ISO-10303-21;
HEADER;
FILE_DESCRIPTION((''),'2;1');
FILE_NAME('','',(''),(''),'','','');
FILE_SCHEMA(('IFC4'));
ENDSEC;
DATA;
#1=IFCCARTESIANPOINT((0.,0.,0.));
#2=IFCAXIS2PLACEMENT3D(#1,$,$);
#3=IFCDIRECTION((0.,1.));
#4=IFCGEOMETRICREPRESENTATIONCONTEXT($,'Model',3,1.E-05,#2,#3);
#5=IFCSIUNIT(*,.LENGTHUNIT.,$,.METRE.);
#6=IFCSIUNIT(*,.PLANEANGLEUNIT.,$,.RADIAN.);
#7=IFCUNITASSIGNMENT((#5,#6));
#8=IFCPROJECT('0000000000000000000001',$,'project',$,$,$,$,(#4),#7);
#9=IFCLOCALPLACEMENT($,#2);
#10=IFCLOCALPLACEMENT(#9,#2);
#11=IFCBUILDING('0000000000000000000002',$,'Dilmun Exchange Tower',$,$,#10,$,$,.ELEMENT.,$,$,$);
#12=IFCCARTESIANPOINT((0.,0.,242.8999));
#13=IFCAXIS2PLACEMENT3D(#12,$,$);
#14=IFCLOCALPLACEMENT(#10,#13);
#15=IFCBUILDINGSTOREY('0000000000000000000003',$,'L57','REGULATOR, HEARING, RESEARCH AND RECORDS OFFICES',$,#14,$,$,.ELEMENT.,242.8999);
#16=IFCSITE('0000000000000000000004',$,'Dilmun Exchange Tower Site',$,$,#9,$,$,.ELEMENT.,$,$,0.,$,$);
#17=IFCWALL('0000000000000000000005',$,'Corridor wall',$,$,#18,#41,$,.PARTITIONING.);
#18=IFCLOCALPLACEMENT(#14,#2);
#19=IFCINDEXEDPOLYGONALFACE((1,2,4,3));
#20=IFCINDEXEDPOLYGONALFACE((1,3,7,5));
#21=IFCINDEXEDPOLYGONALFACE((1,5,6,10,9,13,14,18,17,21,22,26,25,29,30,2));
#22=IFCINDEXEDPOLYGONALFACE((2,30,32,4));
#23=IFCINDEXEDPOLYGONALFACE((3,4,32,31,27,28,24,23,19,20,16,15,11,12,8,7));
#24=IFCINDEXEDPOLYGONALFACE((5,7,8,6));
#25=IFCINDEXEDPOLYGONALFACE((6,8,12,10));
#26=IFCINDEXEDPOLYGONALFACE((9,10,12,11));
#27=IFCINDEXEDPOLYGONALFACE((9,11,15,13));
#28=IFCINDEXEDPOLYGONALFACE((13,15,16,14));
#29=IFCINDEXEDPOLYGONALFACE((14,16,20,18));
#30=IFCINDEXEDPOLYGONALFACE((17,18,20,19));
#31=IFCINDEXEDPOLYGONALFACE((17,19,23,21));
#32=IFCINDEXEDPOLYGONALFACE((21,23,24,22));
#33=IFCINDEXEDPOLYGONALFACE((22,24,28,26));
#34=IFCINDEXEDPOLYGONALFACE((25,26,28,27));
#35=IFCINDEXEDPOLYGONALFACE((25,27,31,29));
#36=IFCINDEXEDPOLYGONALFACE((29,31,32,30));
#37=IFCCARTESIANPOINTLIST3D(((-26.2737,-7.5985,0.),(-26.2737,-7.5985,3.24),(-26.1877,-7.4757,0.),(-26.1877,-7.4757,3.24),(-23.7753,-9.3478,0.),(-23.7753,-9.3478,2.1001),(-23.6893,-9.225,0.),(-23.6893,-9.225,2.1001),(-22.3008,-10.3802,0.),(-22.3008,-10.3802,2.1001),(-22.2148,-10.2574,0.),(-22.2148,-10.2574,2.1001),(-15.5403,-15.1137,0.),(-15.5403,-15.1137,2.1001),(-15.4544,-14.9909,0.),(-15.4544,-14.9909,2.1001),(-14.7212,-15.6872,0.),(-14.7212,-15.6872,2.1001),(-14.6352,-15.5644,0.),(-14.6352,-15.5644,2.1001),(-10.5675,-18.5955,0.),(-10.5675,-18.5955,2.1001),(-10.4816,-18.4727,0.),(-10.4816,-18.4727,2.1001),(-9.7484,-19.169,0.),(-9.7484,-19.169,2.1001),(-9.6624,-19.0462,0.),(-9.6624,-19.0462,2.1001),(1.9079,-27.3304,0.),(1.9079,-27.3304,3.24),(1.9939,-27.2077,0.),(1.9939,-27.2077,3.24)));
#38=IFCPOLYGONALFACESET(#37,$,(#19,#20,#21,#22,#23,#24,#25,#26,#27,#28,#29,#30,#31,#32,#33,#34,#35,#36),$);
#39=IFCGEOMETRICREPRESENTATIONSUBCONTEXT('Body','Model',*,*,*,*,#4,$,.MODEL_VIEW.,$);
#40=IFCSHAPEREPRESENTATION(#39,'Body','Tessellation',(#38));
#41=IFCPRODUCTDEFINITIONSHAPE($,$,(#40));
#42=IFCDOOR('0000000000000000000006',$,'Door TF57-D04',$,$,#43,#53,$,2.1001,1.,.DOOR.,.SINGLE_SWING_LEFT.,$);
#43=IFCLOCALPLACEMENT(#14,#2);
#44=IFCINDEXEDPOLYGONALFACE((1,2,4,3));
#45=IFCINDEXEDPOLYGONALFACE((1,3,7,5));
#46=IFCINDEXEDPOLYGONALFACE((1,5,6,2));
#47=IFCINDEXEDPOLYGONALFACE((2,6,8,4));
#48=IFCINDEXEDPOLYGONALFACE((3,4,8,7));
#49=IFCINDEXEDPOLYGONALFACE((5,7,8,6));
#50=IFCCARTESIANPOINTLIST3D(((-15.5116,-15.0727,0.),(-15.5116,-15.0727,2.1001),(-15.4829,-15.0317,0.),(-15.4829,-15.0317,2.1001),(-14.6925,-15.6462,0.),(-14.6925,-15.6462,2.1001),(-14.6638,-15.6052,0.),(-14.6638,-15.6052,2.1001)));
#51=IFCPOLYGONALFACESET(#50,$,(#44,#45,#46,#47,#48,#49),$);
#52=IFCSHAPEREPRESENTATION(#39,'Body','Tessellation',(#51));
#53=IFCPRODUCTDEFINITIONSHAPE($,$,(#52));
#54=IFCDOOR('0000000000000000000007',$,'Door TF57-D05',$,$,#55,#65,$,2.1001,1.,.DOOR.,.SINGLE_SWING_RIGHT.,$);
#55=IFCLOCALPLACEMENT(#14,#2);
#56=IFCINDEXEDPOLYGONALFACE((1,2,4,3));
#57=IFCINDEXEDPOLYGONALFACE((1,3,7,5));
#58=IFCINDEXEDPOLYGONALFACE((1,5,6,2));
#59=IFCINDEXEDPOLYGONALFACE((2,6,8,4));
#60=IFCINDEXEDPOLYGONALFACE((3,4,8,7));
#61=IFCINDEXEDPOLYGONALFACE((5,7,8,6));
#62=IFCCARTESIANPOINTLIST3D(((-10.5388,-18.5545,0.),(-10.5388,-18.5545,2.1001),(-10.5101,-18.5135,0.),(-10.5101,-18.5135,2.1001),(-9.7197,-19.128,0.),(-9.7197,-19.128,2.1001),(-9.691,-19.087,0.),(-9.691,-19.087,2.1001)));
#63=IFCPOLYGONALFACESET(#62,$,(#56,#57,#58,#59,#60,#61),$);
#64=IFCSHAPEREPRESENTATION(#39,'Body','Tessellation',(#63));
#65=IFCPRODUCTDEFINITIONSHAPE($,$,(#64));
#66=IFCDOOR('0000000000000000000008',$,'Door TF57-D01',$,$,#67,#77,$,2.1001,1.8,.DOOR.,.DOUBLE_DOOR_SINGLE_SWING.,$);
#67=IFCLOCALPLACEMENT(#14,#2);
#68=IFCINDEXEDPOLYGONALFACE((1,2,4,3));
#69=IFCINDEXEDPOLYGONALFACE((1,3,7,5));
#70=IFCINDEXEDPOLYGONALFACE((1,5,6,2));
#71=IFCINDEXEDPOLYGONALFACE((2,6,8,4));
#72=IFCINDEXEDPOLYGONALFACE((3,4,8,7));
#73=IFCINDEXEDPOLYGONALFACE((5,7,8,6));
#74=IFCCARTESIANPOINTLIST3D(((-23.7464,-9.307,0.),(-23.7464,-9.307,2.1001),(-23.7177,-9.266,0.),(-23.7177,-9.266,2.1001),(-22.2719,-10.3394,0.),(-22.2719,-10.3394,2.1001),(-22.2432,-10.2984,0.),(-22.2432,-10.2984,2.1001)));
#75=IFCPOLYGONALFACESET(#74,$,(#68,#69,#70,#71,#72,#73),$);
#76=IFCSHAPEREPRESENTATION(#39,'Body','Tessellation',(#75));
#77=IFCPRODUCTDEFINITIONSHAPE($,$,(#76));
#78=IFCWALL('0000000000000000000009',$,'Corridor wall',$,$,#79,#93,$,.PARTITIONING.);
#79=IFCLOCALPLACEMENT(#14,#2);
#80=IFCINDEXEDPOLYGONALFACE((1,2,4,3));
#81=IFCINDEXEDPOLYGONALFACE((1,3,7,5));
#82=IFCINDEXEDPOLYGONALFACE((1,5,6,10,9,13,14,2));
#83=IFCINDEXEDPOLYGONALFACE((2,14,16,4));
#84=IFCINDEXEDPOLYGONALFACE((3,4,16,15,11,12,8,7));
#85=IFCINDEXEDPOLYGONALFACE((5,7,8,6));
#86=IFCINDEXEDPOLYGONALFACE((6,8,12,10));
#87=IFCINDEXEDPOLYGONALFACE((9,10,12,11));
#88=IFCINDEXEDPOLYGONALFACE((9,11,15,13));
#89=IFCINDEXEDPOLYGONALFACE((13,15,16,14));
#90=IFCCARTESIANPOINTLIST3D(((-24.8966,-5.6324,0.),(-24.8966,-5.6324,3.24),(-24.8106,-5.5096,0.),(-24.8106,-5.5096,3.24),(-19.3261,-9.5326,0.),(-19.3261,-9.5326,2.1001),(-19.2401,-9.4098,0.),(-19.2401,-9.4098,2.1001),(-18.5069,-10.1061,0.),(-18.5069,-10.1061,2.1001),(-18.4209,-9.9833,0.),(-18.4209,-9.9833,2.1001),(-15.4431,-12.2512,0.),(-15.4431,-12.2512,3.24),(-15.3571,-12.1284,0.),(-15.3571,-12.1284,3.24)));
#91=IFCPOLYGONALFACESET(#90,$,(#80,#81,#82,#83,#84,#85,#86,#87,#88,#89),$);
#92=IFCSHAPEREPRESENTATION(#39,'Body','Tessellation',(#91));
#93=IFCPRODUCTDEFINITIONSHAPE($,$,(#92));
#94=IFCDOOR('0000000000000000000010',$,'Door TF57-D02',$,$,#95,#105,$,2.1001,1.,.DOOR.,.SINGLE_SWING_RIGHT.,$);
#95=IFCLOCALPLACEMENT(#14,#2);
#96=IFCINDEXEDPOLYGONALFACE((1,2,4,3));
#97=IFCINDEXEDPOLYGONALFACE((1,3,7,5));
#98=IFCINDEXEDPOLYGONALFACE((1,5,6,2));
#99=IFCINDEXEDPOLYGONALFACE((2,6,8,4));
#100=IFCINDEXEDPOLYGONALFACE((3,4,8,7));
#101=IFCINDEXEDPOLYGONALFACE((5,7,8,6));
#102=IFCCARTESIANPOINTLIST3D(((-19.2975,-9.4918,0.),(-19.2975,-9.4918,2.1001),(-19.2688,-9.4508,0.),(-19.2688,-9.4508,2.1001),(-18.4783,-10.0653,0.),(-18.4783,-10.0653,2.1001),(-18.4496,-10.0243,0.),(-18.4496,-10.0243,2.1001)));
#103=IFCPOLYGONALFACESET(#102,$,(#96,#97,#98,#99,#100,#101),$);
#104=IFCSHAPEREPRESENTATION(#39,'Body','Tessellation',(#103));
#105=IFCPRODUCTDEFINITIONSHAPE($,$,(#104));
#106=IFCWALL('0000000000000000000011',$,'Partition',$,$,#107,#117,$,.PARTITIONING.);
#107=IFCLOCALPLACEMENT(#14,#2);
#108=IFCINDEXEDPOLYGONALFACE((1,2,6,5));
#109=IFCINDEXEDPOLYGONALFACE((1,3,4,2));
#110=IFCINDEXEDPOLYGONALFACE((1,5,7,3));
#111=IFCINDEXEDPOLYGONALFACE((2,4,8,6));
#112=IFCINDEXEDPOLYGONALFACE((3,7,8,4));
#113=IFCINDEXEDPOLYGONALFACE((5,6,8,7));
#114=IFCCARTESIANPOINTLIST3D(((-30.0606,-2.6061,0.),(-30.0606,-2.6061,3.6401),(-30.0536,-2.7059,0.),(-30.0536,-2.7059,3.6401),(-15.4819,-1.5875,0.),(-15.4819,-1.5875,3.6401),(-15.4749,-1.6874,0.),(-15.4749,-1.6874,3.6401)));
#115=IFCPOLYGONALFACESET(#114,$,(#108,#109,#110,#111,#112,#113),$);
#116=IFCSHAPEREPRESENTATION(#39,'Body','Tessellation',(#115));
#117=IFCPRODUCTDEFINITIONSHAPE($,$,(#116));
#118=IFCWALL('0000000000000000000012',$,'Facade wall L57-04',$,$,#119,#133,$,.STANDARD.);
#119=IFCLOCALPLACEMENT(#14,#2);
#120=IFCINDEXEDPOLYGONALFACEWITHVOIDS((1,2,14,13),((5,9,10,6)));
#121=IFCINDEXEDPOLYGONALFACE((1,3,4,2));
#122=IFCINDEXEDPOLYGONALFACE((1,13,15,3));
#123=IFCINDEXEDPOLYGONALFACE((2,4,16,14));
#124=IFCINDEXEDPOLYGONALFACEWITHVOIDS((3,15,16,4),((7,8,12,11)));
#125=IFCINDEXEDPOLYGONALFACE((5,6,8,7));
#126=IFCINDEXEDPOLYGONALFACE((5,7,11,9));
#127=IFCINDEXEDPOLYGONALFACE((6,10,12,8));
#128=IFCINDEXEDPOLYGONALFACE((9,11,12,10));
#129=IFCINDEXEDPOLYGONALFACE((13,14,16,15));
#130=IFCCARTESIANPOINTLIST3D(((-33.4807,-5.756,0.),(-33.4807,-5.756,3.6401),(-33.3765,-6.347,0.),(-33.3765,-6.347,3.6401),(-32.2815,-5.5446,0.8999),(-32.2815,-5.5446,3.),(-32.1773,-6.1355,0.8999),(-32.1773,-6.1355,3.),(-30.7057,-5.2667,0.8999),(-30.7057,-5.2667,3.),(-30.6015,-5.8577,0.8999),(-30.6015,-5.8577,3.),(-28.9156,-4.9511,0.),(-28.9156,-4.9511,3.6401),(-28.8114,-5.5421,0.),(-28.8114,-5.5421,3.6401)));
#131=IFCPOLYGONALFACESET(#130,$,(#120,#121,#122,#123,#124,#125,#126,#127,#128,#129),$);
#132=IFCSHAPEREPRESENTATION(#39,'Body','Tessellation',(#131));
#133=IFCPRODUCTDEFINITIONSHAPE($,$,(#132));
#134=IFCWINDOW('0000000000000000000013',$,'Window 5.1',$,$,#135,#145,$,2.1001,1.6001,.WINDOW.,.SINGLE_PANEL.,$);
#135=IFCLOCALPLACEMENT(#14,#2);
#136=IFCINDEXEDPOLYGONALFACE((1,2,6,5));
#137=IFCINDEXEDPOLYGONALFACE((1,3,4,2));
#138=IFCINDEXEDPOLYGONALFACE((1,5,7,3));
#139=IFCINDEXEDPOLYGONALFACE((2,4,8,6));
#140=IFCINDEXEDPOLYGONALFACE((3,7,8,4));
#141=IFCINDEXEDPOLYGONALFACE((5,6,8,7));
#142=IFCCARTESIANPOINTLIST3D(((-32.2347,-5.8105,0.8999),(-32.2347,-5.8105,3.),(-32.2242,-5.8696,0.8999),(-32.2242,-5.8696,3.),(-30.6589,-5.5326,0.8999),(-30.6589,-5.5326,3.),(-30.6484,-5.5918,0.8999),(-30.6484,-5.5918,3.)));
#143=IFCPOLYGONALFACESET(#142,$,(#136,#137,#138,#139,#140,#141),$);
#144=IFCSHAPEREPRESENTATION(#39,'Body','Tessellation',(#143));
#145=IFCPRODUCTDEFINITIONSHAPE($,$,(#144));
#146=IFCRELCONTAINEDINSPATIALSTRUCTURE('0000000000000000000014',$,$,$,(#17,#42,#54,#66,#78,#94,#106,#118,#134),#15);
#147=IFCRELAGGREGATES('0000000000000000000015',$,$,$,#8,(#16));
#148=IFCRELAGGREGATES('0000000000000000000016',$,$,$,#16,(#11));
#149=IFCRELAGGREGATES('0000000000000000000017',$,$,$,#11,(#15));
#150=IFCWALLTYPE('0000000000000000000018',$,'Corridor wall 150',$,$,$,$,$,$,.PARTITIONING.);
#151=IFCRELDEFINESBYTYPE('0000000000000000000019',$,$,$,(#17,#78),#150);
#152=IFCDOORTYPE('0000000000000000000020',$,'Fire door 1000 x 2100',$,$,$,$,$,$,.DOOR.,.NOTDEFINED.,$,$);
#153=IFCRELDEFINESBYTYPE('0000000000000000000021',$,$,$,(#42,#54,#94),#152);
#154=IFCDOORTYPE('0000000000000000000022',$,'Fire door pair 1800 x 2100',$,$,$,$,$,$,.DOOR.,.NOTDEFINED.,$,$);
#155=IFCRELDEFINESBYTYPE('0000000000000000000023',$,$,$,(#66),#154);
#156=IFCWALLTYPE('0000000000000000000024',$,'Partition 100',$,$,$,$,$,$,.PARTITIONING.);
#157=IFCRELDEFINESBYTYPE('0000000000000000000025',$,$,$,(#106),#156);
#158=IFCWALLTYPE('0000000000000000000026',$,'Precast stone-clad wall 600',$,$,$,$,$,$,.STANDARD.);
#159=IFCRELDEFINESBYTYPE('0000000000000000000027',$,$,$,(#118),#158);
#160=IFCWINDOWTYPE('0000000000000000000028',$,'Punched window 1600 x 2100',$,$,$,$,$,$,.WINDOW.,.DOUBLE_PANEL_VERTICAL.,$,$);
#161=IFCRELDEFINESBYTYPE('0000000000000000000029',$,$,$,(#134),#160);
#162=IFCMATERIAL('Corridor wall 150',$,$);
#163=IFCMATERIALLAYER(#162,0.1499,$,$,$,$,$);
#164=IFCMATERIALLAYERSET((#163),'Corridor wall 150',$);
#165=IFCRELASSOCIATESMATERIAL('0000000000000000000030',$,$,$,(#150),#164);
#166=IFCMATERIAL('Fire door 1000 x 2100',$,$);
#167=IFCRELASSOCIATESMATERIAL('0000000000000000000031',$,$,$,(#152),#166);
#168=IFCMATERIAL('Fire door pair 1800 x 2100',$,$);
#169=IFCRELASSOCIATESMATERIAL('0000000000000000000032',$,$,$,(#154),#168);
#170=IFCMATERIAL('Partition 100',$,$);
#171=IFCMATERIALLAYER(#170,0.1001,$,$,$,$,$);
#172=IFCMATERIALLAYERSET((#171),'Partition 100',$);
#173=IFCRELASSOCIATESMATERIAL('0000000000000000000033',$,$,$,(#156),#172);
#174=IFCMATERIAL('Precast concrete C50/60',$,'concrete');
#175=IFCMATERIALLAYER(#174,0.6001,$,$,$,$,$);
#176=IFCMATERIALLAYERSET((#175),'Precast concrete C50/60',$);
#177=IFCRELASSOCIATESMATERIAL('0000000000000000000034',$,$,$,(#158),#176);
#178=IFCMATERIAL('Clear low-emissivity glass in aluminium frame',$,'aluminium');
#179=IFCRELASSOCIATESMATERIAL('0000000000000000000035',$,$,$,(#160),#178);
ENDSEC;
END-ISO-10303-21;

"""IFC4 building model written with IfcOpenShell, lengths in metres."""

from ifc_helpers import new_model, si_unit, direction, frame, frame_2d, origin, place, context, subcontext, project, spatial, rectangle, extrude, material, layer, layer_set, type_object, element, fill, save


model = new_model("IFC4")

# Units and contexts
model_context = context("Model", 3, precision=1e-05, world=origin(), true_north=direction((0.0, 1.0)))
body_context = subcontext(model_context, "Body", "Model", "MODEL_VIEW")
ifc_project = project(units=[si_unit("LENGTHUNIT", "METRE"), si_unit("PLANEANGLEUNIT", "RADIAN")], contexts=[model_context])

# Site, building, storey
site_placement = place(None, origin())
site = spatial("IfcSite", under=ifc_project, at=site_placement, Name="Dilmun Exchange Tower Site", CompositionType="ELEMENT", RefElevation=0.0)
building_placement = place(site_placement, origin())
building = spatial("IfcBuilding", under=site, at=building_placement, Name="Dilmun Exchange Tower", CompositionType="ELEMENT")
storey_placement = place(building_placement, frame((0.0, 0.0, 242.8999)))
storey = spatial("IfcBuildingStorey", under=building, at=storey_placement, Name="L57", Description="REGULATOR, HEARING, RESEARCH AND RECORDS OFFICES", CompositionType="ELEMENT", Elevation=242.8999)

# Shared definitions
ifc_material_1 = material(Name="Corridor wall 150")
ifc_layer_1 = layer(ifc_material_1, 0.1499)
ifc_layer_set_1 = layer_set([ifc_layer_1], Name="Corridor wall 150")
wall_type_1 = type_object("IfcWallType", Name="Corridor wall 150", PredefinedType="PARTITIONING", material=ifc_layer_set_1)

# Wall, openings, doors
wall_1_placement = place(storey_placement, frame((-26.2307, -7.5371, 0.0), z_axis=(0.0, 0.0, 1.0), x_axis=(0.819167, -0.573556, 0.0)))
wall_1 = element("IfcWall", 1, at=wall_1_placement, inside=storey, type_object=wall_type_1, Name="Corridor wall", PredefinedType="PARTITIONING", context=body_context, shape_type="SweptSolid", body=[
    extrude(rectangle(XDim=34.4028, YDim=0.1499, at=frame_2d((17.2014, 0.0))), origin(), (0.0, 0.0, 1.0), 3.24),
])
opening_1_placement = place(wall_1_placement, frame((3.05, 0.0, 0.0)))
opening_1 = element("IfcOpeningElement", 2, at=opening_1_placement, cuts=wall_1, PredefinedType="OPENING", context=body_context, shape_type="SweptSolid", body=[
    extrude(rectangle(XDim=1.8, YDim=2.1001, at=frame_2d((0.8999, 1.05))), frame((0.0, 0.085, 0.0), z_axis=(0.0, -1.0, 0.0), x_axis=(1.0, 0.0, 0.0)), (0.0, 0.0, 1.0), 0.1699),
])
opening_2_placement = place(wall_1_placement, frame((13.1028, 0.0, 0.0)))
opening_2 = element("IfcOpeningElement", 3, at=opening_2_placement, cuts=wall_1, PredefinedType="OPENING", context=body_context, shape_type="SweptSolid", body=[
    extrude(rectangle(XDim=1.0, YDim=2.1001, at=frame_2d((0.5, 1.05))), frame((0.0, 0.085, 0.0), z_axis=(0.0, -1.0, 0.0), x_axis=(1.0, 0.0, 0.0)), (0.0, 0.0, 1.0), 0.1699),
])
opening_3_placement = place(wall_1_placement, frame((19.1733, 0.0, 0.0)))
opening_3 = element("IfcOpeningElement", 4, at=opening_3_placement, cuts=wall_1, PredefinedType="OPENING", context=body_context, shape_type="SweptSolid", body=[
    extrude(rectangle(XDim=1.0, YDim=2.1001, at=frame_2d((0.5, 1.05))), frame((0.0, 0.085, 0.0), z_axis=(0.0, -1.0, 0.0), x_axis=(1.0, 0.0, 0.0)), (0.0, 0.0, 1.0), 0.1699),
])
ifc_material_2 = material(Name="Fire door 1000 x 2100")
door_type_1 = type_object("IfcDoorType", Name="Fire door 1000 x 2100", OperationType="NOTDEFINED", PredefinedType="DOOR", material=ifc_material_2)
door_1_placement = place(opening_2_placement, frame((1.0, 0.0, 0.0), z_axis=(0.0, 0.0, 1.0), x_axis=(-1.0, 0.0, 0.0)))
door_1 = element("IfcDoor", 5, at=door_1_placement, inside=storey, type_object=door_type_1, Name="Door TF57-D04", OperationType="SINGLE_SWING_LEFT", OverallHeight=2.1001, OverallWidth=1.0, PredefinedType="DOOR", context=body_context, shape_type="SweptSolid", body=[
    extrude(rectangle(XDim=1.0, YDim=2.1001, at=frame_2d((0.5, 1.05))), frame((0.0, 0.0249, 0.0), z_axis=(0.0, -1.0, 0.0), x_axis=(1.0, 0.0, 0.0)), (0.0, 0.0, 1.0), 0.05),
])
fill(opening_2, door_1)
door_2_placement = place(opening_3_placement, frame((1.0, 0.0, 0.0), z_axis=(0.0, 0.0, 1.0), x_axis=(-1.0, 0.0, 0.0)))
door_2 = element("IfcDoor", 6, at=door_2_placement, inside=storey, type_object=door_type_1, Name="Door TF57-D05", OperationType="SINGLE_SWING_RIGHT", OverallHeight=2.1001, OverallWidth=1.0, PredefinedType="DOOR", context=body_context, shape_type="SweptSolid", body=[
    extrude(rectangle(XDim=1.0, YDim=2.1001, at=frame_2d((0.5, 1.05))), frame((0.0, 0.0249, 0.0), z_axis=(0.0, -1.0, 0.0), x_axis=(1.0, 0.0, 0.0)), (0.0, 0.0, 1.0), 0.05),
])
fill(opening_3, door_2)
ifc_material_3 = material(Name="Fire door pair 1800 x 2100")
door_type_2 = type_object("IfcDoorType", Name="Fire door pair 1800 x 2100", OperationType="NOTDEFINED", PredefinedType="DOOR", material=ifc_material_3)
door_3_placement = place(opening_1_placement, frame((1.8, 0.0, 0.0), z_axis=(0.0, 0.0, 1.0), x_axis=(-1.0, 0.0, 0.0)))
door_3 = element("IfcDoor", 7, at=door_3_placement, inside=storey, type_object=door_type_2, Name="Door TF57-D01", OperationType="DOUBLE_DOOR_SINGLE_SWING", OverallHeight=2.1001, OverallWidth=1.8, PredefinedType="DOOR", context=body_context, shape_type="SweptSolid", body=[
    extrude(rectangle(XDim=1.8, YDim=2.1001, at=frame_2d((0.8999, 1.05))), frame((0.0, 0.0249, 0.0), z_axis=(0.0, -1.0, 0.0), x_axis=(1.0, 0.0, 0.0)), (0.0, 0.0, 1.0), 0.05),
])
fill(opening_1, door_3)

# Wall, opening, door
wall_2_placement = place(storey_placement, frame((-24.8535, -5.571, 0.0), z_axis=(0.0, 0.0, 1.0), x_axis=(0.819176, -0.573542, 0.0)))
wall_2 = element("IfcWall", 8, at=wall_2_placement, inside=storey, type_object=wall_type_1, Name="Corridor wall", PredefinedType="PARTITIONING", context=body_context, shape_type="SweptSolid", body=[
    extrude(rectangle(XDim=11.5403, YDim=0.1499, at=frame_2d((5.77, 0.0))), origin(), (0.0, 0.0, 1.0), 3.24),
])
opening_4_placement = place(wall_2_placement, frame((6.8, 0.0, 0.0)))
opening_4 = element("IfcOpeningElement", 9, at=opening_4_placement, cuts=wall_2, PredefinedType="OPENING", context=body_context, shape_type="SweptSolid", body=[
    extrude(rectangle(XDim=1.0, YDim=2.1001, at=frame_2d((0.5, 1.05))), frame((0.0, 0.085, 0.0), z_axis=(0.0, -1.0, 0.0), x_axis=(1.0, 0.0, 0.0)), (0.0, 0.0, 1.0), 0.1699),
])
door_4_placement = place(opening_4_placement, origin())
door_4 = element("IfcDoor", 10, at=door_4_placement, inside=storey, type_object=door_type_1, Name="Door TF57-D02", OperationType="SINGLE_SWING_RIGHT", OverallHeight=2.1001, OverallWidth=1.0, PredefinedType="DOOR", context=body_context, shape_type="SweptSolid", body=[
    extrude(rectangle(XDim=1.0, YDim=2.1001, at=frame_2d((0.5, 1.05))), frame((0.0, 0.0249, 0.0), z_axis=(0.0, -1.0, 0.0), x_axis=(1.0, 0.0, 0.0)), (0.0, 0.0, 1.0), 0.05),
])
fill(opening_4, door_4)

# Wall
ifc_material_4 = material(Name="Partition 100")
ifc_layer_2 = layer(ifc_material_4, 0.1001)
ifc_layer_set_2 = layer_set([ifc_layer_2], Name="Partition 100")
wall_type_2 = type_object("IfcWallType", Name="Partition 100", PredefinedType="PARTITIONING", material=ifc_layer_set_2)
wall_3_placement = place(storey_placement, frame((-30.0571, -2.656, 0.0), z_axis=(0.0, 0.0, 1.0), x_axis=(0.997568, 0.069696, 0.0)))
element("IfcWall", 11, at=wall_3_placement, inside=storey, type_object=wall_type_2, Name="Partition", PredefinedType="PARTITIONING", context=body_context, shape_type="SweptSolid", body=[
    extrude(rectangle(XDim=14.6143, YDim=0.1001, at=frame_2d((7.3071, 0.0))), origin(), (0.0, 0.0, 1.0), 3.6401),
])

# Wall, opening, window
ifc_material_5 = material(Name="Precast concrete C50/60", Category="concrete")
ifc_layer_3 = layer(ifc_material_5, 0.6001)
ifc_layer_set_3 = layer_set([ifc_layer_3], Name="Precast concrete C50/60")
wall_type_3 = type_object("IfcWallType", Name="Precast stone-clad wall 600", PredefinedType="STANDARD", material=ifc_layer_set_3)
wall_4_placement = place(storey_placement, frame((-33.4287, -6.0515, 0.0), z_axis=(0.0, 0.0, 1.0), x_axis=(0.984809, 0.173641, 0.0)))
wall_4 = element("IfcWall", 12, at=wall_4_placement, inside=storey, type_object=wall_type_3, Name="Facade wall L57-04", PredefinedType="STANDARD", context=body_context, shape_type="SweptSolid", body=[
    extrude(rectangle(XDim=4.6355, YDim=0.6001, at=frame_2d((2.3179, 0.0))), origin(), (0.0, 0.0, 1.0), 3.6401),
])
opening_5_placement = place(wall_4_placement, frame((1.2178, 0.0, 0.8999)))
opening_5 = element("IfcOpeningElement", 13, at=opening_5_placement, cuts=wall_4, PredefinedType="OPENING", context=body_context, shape_type="SweptSolid", body=[
    extrude(rectangle(XDim=1.6001, YDim=2.1001, at=frame_2d((0.8, 1.05))), frame((0.0, 0.3101, 0.0), z_axis=(0.0, -1.0, 0.0), x_axis=(1.0, 0.0, 0.0)), (0.0, 0.0, 1.0), 0.6201),
])
ifc_material_6 = material(Name="Clear low-emissivity glass in aluminium frame", Category="aluminium")
window_type = type_object("IfcWindowType", Name="Punched window 1600 x 2100", PartitioningType="DOUBLE_PANEL_VERTICAL", PredefinedType="WINDOW", material=ifc_material_6)
window_1_placement = place(opening_5_placement, origin())
window_1 = element("IfcWindow", 14, at=window_1_placement, inside=storey, type_object=window_type, Name="Window 5.1", OverallHeight=2.1001, OverallWidth=1.6001, PartitioningType="SINGLE_PANEL", PredefinedType="WINDOW", context=body_context, shape_type="SweptSolid", body=[
    extrude(rectangle(XDim=1.6001, YDim=2.1001, at=frame_2d((0.8, 1.05))), frame((0.0, 0.03, 0.0), z_axis=(0.0, -1.0, 0.0), x_axis=(1.0, 0.0, 0.0)), (0.0, 0.0, 1.0), 0.0601),
])
fill(opening_5, window_1)

save(model, "model.ifc")
